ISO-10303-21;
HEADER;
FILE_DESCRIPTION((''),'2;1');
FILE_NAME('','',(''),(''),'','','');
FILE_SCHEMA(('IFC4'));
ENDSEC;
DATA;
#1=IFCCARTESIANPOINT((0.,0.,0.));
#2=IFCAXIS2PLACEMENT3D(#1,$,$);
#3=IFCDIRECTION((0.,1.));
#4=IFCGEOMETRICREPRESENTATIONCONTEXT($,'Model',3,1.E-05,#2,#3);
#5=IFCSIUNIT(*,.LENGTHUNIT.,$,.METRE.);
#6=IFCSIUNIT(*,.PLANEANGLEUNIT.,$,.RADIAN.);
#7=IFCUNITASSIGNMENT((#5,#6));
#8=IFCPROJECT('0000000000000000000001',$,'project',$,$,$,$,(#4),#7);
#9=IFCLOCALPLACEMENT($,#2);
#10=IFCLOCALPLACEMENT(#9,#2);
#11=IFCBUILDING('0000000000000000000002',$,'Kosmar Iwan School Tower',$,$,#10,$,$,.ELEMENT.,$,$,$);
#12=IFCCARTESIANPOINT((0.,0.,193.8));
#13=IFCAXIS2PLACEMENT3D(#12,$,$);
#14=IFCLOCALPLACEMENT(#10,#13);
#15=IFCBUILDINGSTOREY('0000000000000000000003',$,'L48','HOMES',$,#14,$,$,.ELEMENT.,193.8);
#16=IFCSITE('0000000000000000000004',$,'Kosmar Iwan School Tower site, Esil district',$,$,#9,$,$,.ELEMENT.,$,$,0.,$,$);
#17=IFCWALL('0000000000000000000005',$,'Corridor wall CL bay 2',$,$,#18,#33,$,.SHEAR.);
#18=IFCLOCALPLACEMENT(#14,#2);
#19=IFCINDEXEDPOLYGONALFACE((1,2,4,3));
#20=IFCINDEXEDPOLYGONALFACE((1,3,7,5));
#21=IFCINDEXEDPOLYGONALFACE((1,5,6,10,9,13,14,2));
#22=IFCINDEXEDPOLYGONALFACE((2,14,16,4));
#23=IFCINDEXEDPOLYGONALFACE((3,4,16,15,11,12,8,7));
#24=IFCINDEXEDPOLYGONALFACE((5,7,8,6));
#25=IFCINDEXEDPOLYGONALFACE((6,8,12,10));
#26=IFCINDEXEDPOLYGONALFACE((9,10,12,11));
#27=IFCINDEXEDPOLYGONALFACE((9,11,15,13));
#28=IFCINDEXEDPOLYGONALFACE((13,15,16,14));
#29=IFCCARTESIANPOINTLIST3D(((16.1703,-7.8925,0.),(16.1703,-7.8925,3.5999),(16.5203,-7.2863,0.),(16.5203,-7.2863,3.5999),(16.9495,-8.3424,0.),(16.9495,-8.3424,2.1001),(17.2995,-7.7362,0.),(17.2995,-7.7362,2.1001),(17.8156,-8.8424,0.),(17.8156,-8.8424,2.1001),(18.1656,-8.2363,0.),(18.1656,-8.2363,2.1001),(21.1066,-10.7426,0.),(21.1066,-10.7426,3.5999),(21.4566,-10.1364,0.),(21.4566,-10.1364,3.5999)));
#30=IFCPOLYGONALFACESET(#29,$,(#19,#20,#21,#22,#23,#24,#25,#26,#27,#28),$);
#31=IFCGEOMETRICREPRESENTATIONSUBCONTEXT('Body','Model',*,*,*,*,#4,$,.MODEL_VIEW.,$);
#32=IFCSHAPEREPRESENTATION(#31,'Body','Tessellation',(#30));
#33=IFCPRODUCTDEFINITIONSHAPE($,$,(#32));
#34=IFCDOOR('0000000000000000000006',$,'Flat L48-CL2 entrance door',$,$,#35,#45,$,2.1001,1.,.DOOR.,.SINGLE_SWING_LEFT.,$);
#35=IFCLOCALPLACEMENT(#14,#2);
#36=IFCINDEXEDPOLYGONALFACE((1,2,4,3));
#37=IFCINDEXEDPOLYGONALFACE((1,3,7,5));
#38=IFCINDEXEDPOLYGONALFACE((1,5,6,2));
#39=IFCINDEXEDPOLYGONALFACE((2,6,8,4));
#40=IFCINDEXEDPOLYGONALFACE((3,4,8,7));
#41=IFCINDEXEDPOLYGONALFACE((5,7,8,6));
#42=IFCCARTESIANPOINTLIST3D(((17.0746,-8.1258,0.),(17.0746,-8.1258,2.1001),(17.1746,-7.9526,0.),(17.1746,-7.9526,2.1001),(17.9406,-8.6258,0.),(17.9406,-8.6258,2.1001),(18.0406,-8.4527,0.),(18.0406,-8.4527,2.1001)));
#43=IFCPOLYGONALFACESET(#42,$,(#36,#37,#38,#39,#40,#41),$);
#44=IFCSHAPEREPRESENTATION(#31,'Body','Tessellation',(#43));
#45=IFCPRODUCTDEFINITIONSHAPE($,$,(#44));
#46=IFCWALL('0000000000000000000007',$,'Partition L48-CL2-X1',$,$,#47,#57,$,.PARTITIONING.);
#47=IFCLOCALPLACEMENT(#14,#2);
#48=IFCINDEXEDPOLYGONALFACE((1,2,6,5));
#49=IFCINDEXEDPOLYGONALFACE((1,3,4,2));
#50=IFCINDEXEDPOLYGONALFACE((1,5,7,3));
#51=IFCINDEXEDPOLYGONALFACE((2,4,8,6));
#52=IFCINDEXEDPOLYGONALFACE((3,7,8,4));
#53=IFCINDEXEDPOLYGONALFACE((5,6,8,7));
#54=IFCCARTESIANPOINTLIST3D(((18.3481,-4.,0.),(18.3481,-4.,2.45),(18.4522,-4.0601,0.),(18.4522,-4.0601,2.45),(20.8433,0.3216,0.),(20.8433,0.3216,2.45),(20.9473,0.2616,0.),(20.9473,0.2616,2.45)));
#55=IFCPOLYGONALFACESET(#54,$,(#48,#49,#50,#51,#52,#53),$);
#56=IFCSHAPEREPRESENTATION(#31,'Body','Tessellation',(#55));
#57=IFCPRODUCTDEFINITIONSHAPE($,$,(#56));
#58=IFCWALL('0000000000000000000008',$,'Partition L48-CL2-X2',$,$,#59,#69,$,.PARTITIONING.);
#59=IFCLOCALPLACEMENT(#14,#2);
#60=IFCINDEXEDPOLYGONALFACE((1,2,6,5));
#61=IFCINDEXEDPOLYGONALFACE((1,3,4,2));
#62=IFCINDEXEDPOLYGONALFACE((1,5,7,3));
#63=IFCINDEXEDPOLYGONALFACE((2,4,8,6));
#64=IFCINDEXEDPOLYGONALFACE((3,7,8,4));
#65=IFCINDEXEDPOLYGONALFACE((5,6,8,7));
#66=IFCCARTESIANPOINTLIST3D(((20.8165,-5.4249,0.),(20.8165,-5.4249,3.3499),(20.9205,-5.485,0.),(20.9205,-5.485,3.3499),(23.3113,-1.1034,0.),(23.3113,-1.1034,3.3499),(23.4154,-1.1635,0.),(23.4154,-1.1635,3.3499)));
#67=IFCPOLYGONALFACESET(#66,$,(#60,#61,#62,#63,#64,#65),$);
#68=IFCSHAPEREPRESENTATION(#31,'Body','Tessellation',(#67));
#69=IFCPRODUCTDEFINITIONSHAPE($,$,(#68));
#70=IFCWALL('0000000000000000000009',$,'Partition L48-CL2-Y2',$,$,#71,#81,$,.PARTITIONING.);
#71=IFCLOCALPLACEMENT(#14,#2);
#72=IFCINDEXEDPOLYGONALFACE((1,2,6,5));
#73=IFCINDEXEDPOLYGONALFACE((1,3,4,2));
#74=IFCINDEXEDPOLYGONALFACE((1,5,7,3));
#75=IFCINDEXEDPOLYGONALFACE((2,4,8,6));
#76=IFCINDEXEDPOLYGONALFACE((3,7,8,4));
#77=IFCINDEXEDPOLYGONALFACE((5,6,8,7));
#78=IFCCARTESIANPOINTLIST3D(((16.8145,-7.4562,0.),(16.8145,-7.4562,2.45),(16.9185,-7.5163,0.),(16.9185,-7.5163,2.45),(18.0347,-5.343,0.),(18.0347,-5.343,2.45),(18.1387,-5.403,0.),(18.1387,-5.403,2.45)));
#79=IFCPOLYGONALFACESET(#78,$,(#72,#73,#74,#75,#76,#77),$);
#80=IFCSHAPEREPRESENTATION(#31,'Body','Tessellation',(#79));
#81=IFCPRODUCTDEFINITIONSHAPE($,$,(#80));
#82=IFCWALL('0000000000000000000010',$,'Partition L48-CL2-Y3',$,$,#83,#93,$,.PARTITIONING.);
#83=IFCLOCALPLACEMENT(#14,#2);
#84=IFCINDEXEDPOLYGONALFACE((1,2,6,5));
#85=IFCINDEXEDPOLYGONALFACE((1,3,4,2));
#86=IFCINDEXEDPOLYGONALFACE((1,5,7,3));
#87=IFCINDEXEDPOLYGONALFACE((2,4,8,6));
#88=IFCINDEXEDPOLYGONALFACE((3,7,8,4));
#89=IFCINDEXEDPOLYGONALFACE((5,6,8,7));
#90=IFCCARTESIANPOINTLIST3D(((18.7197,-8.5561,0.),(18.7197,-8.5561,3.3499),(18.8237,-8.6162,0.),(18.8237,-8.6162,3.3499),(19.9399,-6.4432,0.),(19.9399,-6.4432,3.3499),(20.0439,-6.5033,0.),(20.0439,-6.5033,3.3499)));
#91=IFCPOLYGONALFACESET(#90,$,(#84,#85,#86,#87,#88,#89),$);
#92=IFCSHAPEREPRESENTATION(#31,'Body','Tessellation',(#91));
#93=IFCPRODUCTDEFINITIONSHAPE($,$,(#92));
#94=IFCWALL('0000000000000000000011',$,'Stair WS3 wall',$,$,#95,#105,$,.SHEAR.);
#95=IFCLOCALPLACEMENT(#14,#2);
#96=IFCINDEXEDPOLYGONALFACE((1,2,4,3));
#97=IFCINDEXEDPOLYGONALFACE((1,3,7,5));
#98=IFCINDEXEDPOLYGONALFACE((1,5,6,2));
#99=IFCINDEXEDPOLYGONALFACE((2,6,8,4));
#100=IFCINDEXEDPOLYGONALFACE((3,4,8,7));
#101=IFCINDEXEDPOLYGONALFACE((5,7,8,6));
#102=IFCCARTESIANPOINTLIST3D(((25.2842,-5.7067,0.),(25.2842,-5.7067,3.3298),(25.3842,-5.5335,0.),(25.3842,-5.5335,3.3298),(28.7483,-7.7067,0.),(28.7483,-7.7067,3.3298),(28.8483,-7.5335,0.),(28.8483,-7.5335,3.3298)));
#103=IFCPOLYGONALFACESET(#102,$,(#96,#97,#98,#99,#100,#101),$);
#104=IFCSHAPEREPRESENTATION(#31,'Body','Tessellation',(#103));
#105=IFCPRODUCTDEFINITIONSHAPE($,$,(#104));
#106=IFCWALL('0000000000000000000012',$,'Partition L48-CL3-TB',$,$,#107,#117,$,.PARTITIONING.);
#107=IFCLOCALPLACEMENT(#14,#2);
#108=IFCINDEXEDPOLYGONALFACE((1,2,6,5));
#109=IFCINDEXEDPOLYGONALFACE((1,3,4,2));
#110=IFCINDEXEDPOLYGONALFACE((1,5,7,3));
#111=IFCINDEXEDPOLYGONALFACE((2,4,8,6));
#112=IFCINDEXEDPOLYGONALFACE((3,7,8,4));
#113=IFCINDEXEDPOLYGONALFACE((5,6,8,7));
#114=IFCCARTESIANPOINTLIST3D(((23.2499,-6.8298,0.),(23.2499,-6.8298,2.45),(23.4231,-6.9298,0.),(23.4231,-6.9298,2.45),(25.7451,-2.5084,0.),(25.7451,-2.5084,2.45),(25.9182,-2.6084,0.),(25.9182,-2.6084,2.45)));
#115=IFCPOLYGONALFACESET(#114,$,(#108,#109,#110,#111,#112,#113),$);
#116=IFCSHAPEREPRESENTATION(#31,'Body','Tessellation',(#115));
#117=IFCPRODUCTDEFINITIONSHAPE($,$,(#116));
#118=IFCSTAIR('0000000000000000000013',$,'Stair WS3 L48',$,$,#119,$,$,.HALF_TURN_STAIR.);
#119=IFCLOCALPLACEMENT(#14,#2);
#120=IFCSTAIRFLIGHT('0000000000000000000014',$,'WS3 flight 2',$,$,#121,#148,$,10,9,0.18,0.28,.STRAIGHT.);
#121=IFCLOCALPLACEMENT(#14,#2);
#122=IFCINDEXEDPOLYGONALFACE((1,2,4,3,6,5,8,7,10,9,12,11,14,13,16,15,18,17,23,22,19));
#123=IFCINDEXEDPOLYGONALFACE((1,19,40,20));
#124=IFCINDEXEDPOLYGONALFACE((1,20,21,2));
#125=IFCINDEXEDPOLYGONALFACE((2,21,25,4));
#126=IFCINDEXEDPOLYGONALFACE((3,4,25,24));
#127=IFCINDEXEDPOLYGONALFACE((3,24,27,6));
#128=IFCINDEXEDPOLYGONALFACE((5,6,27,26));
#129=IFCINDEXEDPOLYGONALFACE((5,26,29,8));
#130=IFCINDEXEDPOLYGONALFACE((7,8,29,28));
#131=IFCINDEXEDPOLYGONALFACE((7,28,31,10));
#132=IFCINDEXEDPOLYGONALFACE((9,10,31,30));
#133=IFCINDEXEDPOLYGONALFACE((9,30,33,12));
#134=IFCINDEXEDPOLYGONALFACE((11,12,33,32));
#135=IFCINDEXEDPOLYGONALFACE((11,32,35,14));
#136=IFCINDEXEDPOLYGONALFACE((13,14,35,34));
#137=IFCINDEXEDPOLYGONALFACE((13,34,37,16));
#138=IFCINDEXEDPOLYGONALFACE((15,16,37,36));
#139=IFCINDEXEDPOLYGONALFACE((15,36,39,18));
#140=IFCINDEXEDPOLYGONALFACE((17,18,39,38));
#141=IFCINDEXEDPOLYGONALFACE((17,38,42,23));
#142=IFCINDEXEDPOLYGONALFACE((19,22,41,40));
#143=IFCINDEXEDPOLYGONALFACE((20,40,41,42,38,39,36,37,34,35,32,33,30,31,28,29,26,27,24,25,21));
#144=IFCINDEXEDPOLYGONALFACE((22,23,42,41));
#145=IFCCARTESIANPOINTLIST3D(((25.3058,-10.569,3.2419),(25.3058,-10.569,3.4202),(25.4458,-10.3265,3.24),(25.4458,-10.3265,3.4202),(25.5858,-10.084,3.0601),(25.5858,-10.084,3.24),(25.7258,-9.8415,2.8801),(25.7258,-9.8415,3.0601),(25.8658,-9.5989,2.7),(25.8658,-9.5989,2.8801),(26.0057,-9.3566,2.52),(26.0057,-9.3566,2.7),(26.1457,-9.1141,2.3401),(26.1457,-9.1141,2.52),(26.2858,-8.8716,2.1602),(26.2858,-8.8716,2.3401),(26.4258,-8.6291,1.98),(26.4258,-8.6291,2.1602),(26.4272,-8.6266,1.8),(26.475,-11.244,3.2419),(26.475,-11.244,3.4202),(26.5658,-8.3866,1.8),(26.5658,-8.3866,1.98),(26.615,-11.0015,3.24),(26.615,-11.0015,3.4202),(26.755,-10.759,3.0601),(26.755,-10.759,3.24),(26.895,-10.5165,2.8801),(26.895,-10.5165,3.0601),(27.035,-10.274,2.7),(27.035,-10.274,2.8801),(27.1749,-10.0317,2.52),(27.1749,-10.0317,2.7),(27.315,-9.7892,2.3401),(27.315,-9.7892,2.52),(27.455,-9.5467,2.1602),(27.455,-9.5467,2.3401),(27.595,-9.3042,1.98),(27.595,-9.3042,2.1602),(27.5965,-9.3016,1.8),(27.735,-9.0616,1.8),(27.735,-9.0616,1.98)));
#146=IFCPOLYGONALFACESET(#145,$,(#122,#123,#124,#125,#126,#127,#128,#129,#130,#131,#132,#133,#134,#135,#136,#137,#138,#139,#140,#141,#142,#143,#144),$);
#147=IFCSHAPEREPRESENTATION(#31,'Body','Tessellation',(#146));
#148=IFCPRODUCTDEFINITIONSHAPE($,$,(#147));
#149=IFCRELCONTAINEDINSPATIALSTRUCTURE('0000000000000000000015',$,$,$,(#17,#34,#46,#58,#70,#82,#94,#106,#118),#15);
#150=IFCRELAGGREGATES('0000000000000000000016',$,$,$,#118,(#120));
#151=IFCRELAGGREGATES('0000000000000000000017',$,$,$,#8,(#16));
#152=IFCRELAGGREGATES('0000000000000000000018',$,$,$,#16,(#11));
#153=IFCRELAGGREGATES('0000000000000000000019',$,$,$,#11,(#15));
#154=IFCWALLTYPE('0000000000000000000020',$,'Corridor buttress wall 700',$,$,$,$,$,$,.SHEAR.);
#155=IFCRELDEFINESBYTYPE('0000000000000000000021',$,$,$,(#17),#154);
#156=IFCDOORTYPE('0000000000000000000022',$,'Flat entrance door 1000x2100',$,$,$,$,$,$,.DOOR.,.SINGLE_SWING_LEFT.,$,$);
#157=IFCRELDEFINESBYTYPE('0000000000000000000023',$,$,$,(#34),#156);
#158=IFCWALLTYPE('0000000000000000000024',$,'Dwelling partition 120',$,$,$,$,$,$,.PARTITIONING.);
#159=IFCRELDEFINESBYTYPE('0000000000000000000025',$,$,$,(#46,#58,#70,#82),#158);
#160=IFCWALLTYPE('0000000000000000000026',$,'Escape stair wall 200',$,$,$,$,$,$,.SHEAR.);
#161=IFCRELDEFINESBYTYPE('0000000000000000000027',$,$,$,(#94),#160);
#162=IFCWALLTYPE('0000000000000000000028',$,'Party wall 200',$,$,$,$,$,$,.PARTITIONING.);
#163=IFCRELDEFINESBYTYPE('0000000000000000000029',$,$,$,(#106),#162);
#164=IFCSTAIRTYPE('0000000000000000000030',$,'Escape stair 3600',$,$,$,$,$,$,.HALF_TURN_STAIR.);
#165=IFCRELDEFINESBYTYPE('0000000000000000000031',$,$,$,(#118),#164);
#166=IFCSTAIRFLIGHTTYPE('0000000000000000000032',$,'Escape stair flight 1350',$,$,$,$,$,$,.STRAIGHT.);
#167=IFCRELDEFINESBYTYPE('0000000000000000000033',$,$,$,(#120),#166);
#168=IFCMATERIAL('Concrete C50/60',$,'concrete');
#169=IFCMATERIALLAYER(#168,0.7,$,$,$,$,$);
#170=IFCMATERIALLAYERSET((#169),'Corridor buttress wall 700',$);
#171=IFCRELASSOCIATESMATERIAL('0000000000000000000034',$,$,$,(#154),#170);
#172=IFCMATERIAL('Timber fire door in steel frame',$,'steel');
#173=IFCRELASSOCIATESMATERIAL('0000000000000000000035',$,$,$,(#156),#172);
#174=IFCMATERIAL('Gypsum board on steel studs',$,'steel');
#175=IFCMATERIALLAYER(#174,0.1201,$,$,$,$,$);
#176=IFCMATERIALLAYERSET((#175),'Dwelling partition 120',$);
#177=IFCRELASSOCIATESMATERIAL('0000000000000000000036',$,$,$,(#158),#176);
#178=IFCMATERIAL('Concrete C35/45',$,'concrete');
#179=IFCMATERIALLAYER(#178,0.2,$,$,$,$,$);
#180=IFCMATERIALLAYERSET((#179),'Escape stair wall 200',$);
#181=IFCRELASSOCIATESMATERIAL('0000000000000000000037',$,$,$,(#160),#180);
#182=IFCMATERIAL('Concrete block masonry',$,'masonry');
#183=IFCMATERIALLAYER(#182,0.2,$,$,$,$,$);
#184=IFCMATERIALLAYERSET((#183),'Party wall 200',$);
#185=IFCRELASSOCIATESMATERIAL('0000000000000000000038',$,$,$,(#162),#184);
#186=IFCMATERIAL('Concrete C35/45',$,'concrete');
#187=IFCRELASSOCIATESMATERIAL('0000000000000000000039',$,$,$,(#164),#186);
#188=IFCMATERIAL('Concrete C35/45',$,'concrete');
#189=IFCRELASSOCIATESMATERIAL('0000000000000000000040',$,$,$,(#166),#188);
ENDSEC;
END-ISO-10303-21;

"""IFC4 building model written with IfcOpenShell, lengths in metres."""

from ifc_helpers import new_model, si_unit, direction, frame, frame_2d, origin, place, context, subcontext, project, spatial, polyline, rectangle, outline, extrude, material, layer, layer_set, type_object, element, fill, aggregate, save


model = new_model("IFC4")

# Units and contexts
model_context = context("Model", 3, precision=1e-05, world=origin(), true_north=direction((0.0, 1.0)))
body_context = subcontext(model_context, "Body", "Model", "MODEL_VIEW")
ifc_project = project(units=[si_unit("LENGTHUNIT", "METRE"), si_unit("PLANEANGLEUNIT", "RADIAN")], contexts=[model_context])

# Site, building, storey
site_placement = place(None, origin())
site = spatial("IfcSite", under=ifc_project, at=site_placement, Name="Kosmar Iwan School Tower site, Esil district", CompositionType="ELEMENT", RefElevation=0.0)
building_placement = place(site_placement, origin())
building = spatial("IfcBuilding", under=site, at=building_placement, Name="Kosmar Iwan School Tower", CompositionType="ELEMENT")
storey_placement = place(building_placement, frame((0.0, 0.0, 193.8)))
storey = spatial("IfcBuildingStorey", under=building, at=storey_placement, Name="L48", Description="HOMES", CompositionType="ELEMENT", Elevation=193.8)

# Wall, opening, door
ifc_material_1 = material(Name="Concrete C50/60", Category="concrete")
ifc_layer_1 = layer(ifc_material_1, 0.7)
ifc_layer_set_1 = layer_set([ifc_layer_1], Name="Corridor buttress wall 700")
wall_type_1 = type_object("IfcWallType", Name="Corridor buttress wall 700", PredefinedType="SHEAR", material=ifc_layer_set_1)
wall_1_placement = place(storey_placement, frame((16.3452, -7.5894, 0.0), z_axis=(0.0, 0.0, 1.0), x_axis=(0.866015, -0.500018, 0.0)))
wall_1 = element("IfcWall", 1, at=wall_1_placement, inside=storey, type_object=wall_type_1, Name="Corridor wall CL bay 2", PredefinedType="SHEAR", context=body_context, shape_type="SweptSolid", body=[
    extrude(rectangle(XDim=5.7, YDim=0.7, at=frame_2d((2.8501, 0.0))), origin(), (0.0, 0.0, 1.0), 3.5999),
])
opening_placement = place(wall_1_placement, frame((0.8999, 0.0, 0.0)))
opening = element("IfcOpeningElement", 2, at=opening_placement, cuts=wall_1, PredefinedType="OPENING", context=body_context, shape_type="SweptSolid", body=[
    extrude(rectangle(XDim=1.0, YDim=2.1001, at=frame_2d((0.5, 1.05))), frame((0.0, 0.3621, 0.0), z_axis=(0.0, -1.0, 0.0), x_axis=(1.0, 0.0, 0.0)), (0.0, 0.0, 1.0), 0.7239),
])
ifc_material_2 = material(Name="Timber fire door in steel frame", Category="steel")
door_type = type_object("IfcDoorType", Name="Flat entrance door 1000x2100", OperationType="SINGLE_SWING_LEFT", PredefinedType="DOOR", material=ifc_material_2)
door_placement = place(opening_placement, origin())
door = element("IfcDoor", 3, at=door_placement, inside=storey, type_object=door_type, Name="Flat L48-CL2 entrance door", OperationType="SINGLE_SWING_LEFT", OverallHeight=2.1001, OverallWidth=1.0, PredefinedType="DOOR", context=body_context, shape_type="SweptSolid", body=[
    extrude(rectangle(XDim=1.0, YDim=2.1001, at=frame_2d((0.5, 1.05))), frame((0.0, 0.1001, 0.0), z_axis=(0.0, -1.0, 0.0), x_axis=(1.0, 0.0, 0.0)), (0.0, 0.0, 1.0), 0.2),
])
fill(opening, door)

# Walls
ifc_material_3 = material(Name="Gypsum board on steel studs", Category="steel")
ifc_layer_2 = layer(ifc_material_3, 0.1201)
ifc_layer_set_2 = layer_set([ifc_layer_2], Name="Dwelling partition 120")
wall_type_2 = type_object("IfcWallType", Name="Dwelling partition 120", PredefinedType="PARTITIONING", material=ifc_layer_set_2)
wall_2_placement = place(storey_placement, frame((18.4001, -4.03, 0.0), z_axis=(0.0, 0.0, 1.0), x_axis=(0.500012, 0.866019, 0.0)))
element("IfcWall", 4, at=wall_2_placement, inside=storey, type_object=wall_type_2, Name="Partition L48-CL2-X1", PredefinedType="PARTITIONING", context=body_context, shape_type="SweptSolid", body=[
    extrude(rectangle(XDim=4.9902, YDim=0.1201, at=frame_2d((2.4951, 0.0))), origin(), (0.0, 0.0, 1.0), 2.45),
])
wall_3_placement = place(storey_placement, frame((20.8684, -5.4551, 0.0), z_axis=(0.0, 0.0, 1.0), x_axis=(0.499975, 0.86604, 0.0)))
element("IfcWall", 5, at=wall_3_placement, inside=storey, type_object=wall_type_2, Name="Partition L48-CL2-X2", PredefinedType="PARTITIONING", context=body_context, shape_type="SweptSolid", body=[
    extrude(rectangle(XDim=4.99, YDim=0.1201, at=frame_2d((2.4951, 0.0))), origin(), (0.0, 0.0, 1.0), 3.3499),
])
wall_4_placement = place(storey_placement, frame((16.8665, -7.4863, 0.0), z_axis=(0.0, 0.0, 1.0), x_axis=(0.500034, 0.866006, 0.0)))
element("IfcWall", 6, at=wall_4_placement, inside=storey, type_object=wall_type_2, Name="Partition L48-CL2-Y2", PredefinedType="PARTITIONING", context=body_context, shape_type="SweptSolid", body=[
    extrude(rectangle(XDim=2.4402, YDim=0.1201, at=frame_2d((1.2202, 0.0))), origin(), (0.0, 0.0, 1.0), 2.45),
])
wall_5_placement = place(storey_placement, frame((18.7717, -8.5862, 0.0), z_axis=(0.0, 0.0, 1.0), x_axis=(0.500078, 0.865981, 0.0)))
element("IfcWall", 7, at=wall_5_placement, inside=storey, type_object=wall_type_2, Name="Partition L48-CL2-Y3", PredefinedType="PARTITIONING", context=body_context, shape_type="SweptSolid", body=[
    extrude(rectangle(XDim=2.4399, YDim=0.1201, at=frame_2d((1.22, 0.0))), origin(), (0.0, 0.0, 1.0), 3.3499),
])
ifc_material_4 = material(Name="Concrete C35/45", Category="concrete")
ifc_layer_3 = layer(ifc_material_4, 0.2)
ifc_layer_set_3 = layer_set([ifc_layer_3], Name="Escape stair wall 200")
wall_type_3 = type_object("IfcWallType", Name="Escape stair wall 200", PredefinedType="SHEAR", material=ifc_layer_set_3)
wall_6_placement = place(storey_placement, frame((25.3342, -5.6201, 0.0), z_axis=(0.0, 0.0, 1.0), x_axis=(0.866026, -0.499999, 0.0)))
element("IfcWall", 8, at=wall_6_placement, inside=storey, type_object=wall_type_3, Name="Stair WS3 wall", PredefinedType="SHEAR", context=body_context, shape_type="SweptSolid", body=[
    extrude(rectangle(XDim=4.0, YDim=0.2, at=frame_2d((2.0, 0.0))), origin(), (0.0, 0.0, 1.0), 3.3298),
])
ifc_material_5 = material(Name="Concrete block masonry", Category="masonry")
ifc_layer_4 = layer(ifc_material_5, 0.2)
ifc_layer_set_4 = layer_set([ifc_layer_4], Name="Party wall 200")
wall_type_4 = type_object("IfcWallType", Name="Party wall 200", PredefinedType="PARTITIONING", material=ifc_layer_set_4)
wall_7_placement = place(storey_placement, frame((23.3364, -6.8799, 0.0), z_axis=(0.0, 0.0, 1.0), x_axis=(0.500033, 0.866006, 0.0)))
element("IfcWall", 9, at=wall_7_placement, inside=storey, type_object=wall_type_4, Name="Partition L48-CL3-TB", PredefinedType="PARTITIONING", context=body_context, shape_type="SweptSolid", body=[
    extrude(rectangle(XDim=4.99, YDim=0.2, at=frame_2d((2.4951, 0.0))), origin(), (0.0, 0.0, 1.0), 2.45),
])

# Stair, stair flight
ifc_material_6 = material(Name="Concrete C35/45", Category="concrete")
stair_type = type_object("IfcStairType", Name="Escape stair 3600", PredefinedType="HALF_TURN_STAIR", material=ifc_material_6)
stair_placement = place(storey_placement, origin())
stair = element("IfcStair", 10, at=stair_placement, inside=storey, type_object=stair_type, Name="Stair WS3 L48", PredefinedType="HALF_TURN_STAIR")
ifc_material_7 = material(Name="Concrete C35/45", Category="concrete")
stair_flight_type = type_object("IfcStairFlightType", Name="Escape stair flight 1350", PredefinedType="STRAIGHT", material=ifc_material_7)
stair_flight_placement = place(storey_placement, frame((27.1504, -8.7241, 1.8), z_axis=(0.0, 0.0, 1.0), x_axis=(-0.5, -0.866025, 0.0)))
stair_flight = element("IfcStairFlight", 11, at=stair_flight_placement, type_object=stair_flight_type, Name="WS3 flight 2", NumberOfRisers=10, NumberOfTreads=9, PredefinedType="STRAIGHT", RiserHeight=0.18, TreadLength=0.28, context=body_context, shape_type="SweptSolid", body=[
    extrude(outline(polyline([(0.0, 0.0), (0.0, 0.1799), (0.28, 0.1799), (0.28, 0.3601), (0.5601, 0.3601), (0.5601, 0.54), (0.8401, 0.54), (0.8401, 0.72), (1.1201, 0.72), (1.1201, 0.8999), (1.3999, 0.8999), (1.3999, 1.0801), (1.6799, 1.0801), (1.6799, 1.26), (1.96, 1.26), (1.96, 1.4399), (2.24, 1.4399), (2.24, 1.6201), (2.52, 1.6201), (2.52, 1.8), (2.52, 1.4419), (0.2771, 0.0), (0.0, 0.0)])), frame((0.0, 0.675, 0.0), z_axis=(0.0, -1.0, 0.0), x_axis=(1.0, 0.0, 0.0)), (0.0, 0.0, 1.0), 1.3501),
])
aggregate(stair, [stair_flight])

save(model, "model.ifc")
